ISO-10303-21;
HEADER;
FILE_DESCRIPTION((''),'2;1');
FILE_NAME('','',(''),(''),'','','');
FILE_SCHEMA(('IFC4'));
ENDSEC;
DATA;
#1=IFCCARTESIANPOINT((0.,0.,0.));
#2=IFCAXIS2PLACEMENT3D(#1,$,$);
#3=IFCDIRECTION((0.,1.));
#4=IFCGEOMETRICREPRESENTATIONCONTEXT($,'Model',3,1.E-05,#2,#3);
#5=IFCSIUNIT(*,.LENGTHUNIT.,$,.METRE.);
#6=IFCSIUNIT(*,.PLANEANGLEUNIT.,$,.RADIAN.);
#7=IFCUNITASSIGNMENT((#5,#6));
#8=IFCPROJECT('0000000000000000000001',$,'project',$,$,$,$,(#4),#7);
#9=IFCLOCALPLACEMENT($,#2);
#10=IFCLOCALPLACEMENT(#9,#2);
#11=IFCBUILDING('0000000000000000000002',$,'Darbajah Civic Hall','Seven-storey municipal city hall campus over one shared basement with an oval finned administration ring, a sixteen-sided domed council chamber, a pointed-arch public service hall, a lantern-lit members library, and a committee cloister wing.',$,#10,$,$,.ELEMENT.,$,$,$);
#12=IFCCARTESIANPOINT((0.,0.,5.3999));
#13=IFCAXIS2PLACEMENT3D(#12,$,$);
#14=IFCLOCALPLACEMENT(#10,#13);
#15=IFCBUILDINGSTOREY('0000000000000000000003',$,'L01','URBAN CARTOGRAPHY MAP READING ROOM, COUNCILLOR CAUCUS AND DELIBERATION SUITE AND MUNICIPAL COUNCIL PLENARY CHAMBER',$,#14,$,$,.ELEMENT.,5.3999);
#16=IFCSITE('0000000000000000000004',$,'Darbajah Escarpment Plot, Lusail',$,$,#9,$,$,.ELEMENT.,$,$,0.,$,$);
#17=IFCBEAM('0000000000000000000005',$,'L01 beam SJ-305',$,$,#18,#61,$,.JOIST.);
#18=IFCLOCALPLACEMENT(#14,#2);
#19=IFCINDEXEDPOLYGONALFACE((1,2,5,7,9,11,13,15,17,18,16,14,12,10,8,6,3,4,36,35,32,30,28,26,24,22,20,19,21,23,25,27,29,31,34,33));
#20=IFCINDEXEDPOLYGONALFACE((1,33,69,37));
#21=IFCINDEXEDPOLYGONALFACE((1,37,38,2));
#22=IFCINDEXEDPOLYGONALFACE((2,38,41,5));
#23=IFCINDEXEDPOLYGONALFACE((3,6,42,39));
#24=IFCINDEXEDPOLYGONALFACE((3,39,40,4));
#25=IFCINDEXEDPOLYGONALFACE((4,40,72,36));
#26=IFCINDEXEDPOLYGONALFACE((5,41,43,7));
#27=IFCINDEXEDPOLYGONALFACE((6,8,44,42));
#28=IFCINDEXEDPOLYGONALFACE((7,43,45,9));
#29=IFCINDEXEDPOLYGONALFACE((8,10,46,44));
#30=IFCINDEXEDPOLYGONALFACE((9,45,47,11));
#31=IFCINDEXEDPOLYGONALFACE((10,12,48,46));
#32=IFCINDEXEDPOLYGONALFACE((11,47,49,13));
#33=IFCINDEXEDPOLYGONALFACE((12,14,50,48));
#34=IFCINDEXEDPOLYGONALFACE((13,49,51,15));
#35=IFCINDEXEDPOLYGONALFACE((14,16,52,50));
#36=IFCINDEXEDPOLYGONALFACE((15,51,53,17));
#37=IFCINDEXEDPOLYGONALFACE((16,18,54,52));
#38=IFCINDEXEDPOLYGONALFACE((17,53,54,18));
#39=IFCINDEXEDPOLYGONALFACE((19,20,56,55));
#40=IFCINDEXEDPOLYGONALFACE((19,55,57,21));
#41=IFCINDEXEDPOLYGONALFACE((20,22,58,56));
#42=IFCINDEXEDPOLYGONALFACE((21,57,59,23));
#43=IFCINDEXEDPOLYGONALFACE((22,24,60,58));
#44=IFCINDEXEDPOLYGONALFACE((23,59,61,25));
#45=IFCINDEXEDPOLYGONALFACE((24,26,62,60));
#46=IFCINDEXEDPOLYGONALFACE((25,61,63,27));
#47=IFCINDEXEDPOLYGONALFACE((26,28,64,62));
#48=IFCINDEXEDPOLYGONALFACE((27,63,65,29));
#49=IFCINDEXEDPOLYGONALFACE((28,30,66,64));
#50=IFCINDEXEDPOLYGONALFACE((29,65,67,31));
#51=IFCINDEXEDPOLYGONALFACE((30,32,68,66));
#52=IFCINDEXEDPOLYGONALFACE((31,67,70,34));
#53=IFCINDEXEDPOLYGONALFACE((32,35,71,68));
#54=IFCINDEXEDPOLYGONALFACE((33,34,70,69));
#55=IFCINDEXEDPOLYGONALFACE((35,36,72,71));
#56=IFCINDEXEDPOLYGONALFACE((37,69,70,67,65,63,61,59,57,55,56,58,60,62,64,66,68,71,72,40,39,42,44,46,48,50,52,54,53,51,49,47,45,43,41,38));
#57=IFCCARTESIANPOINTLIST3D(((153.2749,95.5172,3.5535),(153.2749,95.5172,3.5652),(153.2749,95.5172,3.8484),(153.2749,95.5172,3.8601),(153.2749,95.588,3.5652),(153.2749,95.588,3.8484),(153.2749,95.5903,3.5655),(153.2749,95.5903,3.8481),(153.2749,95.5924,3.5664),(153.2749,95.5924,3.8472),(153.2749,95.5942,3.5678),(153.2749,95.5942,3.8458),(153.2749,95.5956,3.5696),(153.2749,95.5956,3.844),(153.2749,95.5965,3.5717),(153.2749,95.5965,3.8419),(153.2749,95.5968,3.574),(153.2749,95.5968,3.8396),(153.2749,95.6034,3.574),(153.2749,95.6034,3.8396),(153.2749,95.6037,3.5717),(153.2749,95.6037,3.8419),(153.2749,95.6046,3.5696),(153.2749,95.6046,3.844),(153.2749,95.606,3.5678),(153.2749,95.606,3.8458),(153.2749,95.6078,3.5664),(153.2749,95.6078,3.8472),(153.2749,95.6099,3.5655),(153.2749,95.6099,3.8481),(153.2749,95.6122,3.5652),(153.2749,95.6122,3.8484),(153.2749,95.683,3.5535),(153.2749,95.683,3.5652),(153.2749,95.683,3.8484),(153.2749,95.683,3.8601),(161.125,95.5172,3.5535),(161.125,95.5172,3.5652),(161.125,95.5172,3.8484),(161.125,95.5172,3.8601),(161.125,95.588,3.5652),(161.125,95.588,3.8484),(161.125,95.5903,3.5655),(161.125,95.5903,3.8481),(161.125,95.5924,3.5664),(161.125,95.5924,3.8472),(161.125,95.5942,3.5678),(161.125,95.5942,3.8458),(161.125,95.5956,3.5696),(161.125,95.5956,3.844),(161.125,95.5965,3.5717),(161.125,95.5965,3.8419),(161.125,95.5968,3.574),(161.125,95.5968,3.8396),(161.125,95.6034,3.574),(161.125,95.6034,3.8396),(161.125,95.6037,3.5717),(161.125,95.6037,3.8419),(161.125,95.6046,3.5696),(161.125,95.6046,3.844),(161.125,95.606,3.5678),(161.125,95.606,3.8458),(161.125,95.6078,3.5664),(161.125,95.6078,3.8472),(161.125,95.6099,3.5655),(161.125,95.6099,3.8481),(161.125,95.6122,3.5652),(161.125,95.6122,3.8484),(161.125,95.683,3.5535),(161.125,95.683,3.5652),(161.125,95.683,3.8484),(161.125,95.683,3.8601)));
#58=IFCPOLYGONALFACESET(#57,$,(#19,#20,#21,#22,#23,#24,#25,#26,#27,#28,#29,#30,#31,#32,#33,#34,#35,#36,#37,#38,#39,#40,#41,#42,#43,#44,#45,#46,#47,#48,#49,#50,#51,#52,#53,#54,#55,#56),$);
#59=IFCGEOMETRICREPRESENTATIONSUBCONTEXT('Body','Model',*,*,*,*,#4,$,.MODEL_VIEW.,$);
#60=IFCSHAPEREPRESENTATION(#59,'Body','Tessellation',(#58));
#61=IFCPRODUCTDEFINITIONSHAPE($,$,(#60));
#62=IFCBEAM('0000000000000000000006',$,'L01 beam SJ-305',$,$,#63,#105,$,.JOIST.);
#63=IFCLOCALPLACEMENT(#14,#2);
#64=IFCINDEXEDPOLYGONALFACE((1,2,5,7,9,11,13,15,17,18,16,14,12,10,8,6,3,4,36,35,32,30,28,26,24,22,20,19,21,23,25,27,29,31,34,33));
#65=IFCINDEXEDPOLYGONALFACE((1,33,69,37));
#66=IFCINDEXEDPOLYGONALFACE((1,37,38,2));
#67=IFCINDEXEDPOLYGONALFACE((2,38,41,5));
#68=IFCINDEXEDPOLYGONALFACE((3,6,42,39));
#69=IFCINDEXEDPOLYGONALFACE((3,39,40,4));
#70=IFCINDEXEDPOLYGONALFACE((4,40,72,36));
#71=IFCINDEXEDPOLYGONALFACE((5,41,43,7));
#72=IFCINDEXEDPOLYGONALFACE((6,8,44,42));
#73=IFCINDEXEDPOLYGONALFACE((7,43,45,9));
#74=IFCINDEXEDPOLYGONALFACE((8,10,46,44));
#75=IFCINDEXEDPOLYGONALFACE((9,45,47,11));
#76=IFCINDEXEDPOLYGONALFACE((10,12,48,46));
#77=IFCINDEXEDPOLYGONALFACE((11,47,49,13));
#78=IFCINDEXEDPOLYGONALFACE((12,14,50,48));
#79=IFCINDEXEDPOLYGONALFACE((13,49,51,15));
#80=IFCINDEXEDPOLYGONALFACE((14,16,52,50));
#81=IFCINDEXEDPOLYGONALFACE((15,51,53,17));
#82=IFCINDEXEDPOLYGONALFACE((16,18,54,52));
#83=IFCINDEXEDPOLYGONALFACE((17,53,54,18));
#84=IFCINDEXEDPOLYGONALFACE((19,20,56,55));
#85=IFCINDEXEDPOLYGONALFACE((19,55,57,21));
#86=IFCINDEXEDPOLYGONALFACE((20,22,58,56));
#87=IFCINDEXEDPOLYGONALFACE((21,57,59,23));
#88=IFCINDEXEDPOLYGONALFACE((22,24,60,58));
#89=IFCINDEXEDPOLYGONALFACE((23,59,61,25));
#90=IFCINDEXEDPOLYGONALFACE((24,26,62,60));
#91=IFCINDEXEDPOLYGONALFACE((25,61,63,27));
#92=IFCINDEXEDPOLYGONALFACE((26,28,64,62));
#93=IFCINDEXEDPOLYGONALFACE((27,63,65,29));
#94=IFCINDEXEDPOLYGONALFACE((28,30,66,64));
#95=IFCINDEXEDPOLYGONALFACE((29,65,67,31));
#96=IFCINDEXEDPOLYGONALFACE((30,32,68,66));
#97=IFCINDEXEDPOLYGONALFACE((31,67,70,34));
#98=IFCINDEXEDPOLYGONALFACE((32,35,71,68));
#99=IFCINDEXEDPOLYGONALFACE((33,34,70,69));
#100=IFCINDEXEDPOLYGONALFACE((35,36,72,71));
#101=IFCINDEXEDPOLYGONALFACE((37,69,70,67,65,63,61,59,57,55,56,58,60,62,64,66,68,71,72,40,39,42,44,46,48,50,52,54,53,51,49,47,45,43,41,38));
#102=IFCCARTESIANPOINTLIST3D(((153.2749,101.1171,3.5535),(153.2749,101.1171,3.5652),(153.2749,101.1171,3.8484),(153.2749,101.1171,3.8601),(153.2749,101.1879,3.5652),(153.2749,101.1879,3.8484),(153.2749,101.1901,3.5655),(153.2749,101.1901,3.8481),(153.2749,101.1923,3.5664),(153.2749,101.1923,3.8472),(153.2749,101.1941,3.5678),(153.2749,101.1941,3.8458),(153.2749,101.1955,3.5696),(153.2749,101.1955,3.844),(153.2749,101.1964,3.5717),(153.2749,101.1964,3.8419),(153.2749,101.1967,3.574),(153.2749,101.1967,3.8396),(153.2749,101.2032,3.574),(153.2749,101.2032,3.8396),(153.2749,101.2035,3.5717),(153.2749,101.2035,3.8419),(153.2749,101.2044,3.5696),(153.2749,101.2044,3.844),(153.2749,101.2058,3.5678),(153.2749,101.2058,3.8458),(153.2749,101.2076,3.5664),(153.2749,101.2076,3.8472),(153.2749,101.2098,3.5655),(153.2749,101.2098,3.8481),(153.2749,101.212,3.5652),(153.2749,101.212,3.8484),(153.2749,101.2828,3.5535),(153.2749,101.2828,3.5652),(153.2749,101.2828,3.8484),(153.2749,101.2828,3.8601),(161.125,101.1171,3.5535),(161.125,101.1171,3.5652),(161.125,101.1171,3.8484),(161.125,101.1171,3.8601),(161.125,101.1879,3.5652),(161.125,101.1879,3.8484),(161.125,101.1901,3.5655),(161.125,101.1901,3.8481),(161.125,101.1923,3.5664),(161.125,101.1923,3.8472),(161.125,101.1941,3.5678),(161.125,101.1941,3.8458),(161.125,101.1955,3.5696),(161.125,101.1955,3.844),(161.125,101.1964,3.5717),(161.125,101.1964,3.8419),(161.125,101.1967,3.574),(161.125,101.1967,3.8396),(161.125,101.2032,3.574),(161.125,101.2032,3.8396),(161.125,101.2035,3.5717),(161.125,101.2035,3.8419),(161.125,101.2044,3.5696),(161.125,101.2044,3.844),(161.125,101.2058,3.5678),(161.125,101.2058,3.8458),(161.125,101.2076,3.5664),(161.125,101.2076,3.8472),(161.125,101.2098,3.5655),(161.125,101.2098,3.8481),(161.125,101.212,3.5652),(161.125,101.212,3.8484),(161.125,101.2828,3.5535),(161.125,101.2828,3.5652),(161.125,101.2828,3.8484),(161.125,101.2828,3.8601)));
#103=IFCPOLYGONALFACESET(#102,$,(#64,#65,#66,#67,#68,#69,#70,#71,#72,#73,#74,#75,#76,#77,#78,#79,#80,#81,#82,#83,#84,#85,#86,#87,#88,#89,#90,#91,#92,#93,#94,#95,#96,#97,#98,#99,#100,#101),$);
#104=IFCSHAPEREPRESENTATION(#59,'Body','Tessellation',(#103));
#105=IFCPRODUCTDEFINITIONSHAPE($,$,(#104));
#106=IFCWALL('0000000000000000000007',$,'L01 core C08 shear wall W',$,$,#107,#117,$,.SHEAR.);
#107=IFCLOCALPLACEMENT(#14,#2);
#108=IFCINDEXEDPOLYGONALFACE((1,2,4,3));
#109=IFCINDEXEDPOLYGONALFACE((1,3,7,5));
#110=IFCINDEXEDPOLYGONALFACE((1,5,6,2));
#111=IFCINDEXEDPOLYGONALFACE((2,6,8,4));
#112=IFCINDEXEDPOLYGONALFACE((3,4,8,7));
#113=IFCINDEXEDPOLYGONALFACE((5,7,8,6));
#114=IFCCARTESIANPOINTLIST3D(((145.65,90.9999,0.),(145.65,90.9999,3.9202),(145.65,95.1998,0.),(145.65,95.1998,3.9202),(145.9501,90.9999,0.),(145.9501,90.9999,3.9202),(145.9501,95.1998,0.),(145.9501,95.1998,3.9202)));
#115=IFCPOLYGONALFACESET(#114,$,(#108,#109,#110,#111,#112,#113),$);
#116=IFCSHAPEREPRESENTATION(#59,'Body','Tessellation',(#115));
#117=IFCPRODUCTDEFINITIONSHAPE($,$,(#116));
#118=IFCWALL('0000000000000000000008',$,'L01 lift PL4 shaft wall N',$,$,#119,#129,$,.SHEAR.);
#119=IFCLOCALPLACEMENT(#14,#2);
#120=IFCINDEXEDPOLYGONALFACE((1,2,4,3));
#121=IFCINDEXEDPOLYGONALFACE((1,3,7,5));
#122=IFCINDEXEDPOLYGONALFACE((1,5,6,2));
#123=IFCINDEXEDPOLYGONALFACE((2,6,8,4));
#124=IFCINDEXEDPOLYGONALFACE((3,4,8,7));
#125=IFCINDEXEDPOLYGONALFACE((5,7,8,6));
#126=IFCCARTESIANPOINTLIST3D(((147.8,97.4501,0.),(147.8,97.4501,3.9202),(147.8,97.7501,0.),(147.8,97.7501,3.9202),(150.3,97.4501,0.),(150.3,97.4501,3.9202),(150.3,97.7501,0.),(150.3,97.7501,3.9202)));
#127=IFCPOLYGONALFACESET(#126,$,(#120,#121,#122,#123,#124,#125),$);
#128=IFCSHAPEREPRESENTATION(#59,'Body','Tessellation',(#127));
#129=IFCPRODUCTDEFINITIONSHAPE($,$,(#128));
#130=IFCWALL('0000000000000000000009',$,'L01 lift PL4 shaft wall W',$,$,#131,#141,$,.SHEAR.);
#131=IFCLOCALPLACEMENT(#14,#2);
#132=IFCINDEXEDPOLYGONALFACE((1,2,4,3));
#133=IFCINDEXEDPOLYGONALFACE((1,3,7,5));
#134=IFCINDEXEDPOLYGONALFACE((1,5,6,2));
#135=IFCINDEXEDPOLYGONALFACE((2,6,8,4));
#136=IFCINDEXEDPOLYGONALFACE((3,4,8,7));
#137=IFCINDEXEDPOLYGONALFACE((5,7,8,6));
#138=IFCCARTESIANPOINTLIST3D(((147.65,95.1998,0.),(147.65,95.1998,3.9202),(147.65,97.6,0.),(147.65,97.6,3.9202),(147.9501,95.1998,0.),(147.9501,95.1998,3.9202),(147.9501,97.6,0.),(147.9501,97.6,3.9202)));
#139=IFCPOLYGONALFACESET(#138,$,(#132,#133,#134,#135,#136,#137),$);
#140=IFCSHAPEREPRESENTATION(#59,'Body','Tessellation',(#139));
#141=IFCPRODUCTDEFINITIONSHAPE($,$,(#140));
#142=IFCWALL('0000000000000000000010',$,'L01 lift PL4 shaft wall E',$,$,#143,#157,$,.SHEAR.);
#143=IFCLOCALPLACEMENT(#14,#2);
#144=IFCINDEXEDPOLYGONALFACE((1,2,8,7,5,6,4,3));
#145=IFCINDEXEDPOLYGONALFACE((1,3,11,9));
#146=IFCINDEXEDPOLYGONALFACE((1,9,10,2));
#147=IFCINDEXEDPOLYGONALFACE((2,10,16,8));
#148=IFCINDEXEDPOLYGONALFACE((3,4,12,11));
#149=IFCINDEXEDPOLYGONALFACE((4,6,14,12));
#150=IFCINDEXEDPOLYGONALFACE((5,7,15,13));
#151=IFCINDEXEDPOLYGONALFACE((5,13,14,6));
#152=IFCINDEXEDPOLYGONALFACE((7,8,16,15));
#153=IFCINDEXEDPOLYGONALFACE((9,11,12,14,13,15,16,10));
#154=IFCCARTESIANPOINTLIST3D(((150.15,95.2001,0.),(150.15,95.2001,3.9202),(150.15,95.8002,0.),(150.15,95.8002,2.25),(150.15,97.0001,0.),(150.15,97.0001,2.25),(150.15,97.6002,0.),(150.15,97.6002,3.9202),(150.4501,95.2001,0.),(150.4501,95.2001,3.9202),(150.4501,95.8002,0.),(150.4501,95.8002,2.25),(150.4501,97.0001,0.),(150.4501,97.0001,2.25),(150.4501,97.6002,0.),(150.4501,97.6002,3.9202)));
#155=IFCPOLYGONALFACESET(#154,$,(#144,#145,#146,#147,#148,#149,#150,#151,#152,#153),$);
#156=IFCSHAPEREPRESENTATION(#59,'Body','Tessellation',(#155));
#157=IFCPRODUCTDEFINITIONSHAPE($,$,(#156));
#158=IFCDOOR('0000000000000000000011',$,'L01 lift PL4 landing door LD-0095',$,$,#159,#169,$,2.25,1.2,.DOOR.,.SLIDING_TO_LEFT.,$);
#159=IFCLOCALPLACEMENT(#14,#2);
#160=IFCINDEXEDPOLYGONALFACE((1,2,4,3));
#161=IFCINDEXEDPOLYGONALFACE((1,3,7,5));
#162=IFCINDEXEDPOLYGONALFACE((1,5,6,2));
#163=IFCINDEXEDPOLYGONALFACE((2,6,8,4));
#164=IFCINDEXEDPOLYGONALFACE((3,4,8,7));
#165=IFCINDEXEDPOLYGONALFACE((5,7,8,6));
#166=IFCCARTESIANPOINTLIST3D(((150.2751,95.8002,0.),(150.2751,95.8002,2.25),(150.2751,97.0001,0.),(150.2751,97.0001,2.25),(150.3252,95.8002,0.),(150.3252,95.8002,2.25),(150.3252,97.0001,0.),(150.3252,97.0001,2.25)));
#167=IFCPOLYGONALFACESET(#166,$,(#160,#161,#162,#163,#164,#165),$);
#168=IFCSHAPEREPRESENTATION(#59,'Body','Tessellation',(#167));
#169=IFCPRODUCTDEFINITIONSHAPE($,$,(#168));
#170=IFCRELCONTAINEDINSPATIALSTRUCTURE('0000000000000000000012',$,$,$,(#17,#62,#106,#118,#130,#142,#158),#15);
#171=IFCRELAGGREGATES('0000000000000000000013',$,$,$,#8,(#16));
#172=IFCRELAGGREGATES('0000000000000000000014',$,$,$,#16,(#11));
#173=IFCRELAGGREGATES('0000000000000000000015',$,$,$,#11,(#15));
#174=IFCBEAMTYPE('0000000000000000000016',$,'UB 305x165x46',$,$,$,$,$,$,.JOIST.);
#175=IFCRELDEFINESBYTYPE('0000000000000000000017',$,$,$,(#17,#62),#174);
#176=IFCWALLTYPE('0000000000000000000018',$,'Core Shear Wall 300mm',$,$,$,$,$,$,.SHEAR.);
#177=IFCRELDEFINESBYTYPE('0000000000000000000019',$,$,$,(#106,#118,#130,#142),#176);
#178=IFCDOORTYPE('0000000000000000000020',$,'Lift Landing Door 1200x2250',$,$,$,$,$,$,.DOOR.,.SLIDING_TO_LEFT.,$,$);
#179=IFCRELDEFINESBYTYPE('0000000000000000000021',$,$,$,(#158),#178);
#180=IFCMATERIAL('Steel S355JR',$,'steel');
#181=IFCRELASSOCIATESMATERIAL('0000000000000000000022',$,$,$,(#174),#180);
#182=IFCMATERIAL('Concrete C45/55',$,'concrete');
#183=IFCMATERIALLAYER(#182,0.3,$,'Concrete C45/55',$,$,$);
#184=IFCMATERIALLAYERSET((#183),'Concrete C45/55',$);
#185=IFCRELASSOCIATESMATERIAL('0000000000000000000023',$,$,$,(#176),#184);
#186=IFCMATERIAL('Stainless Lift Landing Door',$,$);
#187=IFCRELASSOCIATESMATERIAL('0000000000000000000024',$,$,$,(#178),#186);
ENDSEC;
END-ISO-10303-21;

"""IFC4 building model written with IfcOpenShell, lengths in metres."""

from ifc_helpers import new_model, si_unit, direction, frame, frame_2d, origin, origin_2d, place, context, subcontext, project, spatial, rectangle, i_section, extrude, material, layer, layer_set, material_profile, profile_set, type_object, element, fill, save


model = new_model("IFC4")

# Units and contexts
model_context = context("Model", 3, precision=1e-05, world=origin(), true_north=direction((0.0, 1.0)))
body_context = subcontext(model_context, "Body", "Model", "MODEL_VIEW")
ifc_project = project(units=[si_unit("LENGTHUNIT", "METRE"), si_unit("PLANEANGLEUNIT", "RADIAN")], contexts=[model_context])

# Site, building, storey
site_placement = place(None, origin())
site = spatial("IfcSite", under=ifc_project, at=site_placement, Name="Darbajah Escarpment Plot, Lusail", CompositionType="ELEMENT", RefElevation=0.0)
building_placement = place(site_placement, origin())
building = spatial("IfcBuilding", under=site, at=building_placement, Name="Darbajah Civic Hall", Description="Seven-storey municipal city hall campus over one shared basement with an oval finned administration ring, a sixteen-sided domed council chamber, a pointed-arch public service hall, a lantern-lit members library, and a committee cloister wing.", CompositionType="ELEMENT")
storey_placement = place(building_placement, frame((0.0, 0.0, 5.3999)))
storey = spatial("IfcBuildingStorey", under=building, at=storey_placement, Name="L01", Description="URBAN CARTOGRAPHY MAP READING ROOM, COUNCILLOR CAUCUS AND DELIBERATION SUITE AND MUNICIPAL COUNCIL PLENARY CHAMBER", CompositionType="ELEMENT", Elevation=5.3999)

# Beams
ifc_material_1 = material(Name="Concrete C45/55", Category="concrete")
ifc_material_2 = material(Name="Steel S355JR", Category="steel")
ifc_material_profile_1 = material_profile(ifc_material_2, i_section(OverallWidth=0.1658, OverallDepth=0.3066, WebThickness=0.0066, FlangeThickness=0.0117, FilletRadius=0.0088, at=origin_2d()), Name="UB 305x165x46")
ifc_profile_set_1 = profile_set([ifc_material_profile_1], Name="Steel S355JR")
beam_type_1 = type_object("IfcBeamType", Name="UB 305x165x46", PredefinedType="JOIST", material=ifc_profile_set_1)
for number, where, z_axis, x_axis, name in (
    (1, (153.2749, 95.6001, 3.7068), (1.0, 0.0, 0.0), (0.0, 1.0, 0.0), "L01 beam SJ-305"),
    (2, (153.2749, 101.2, 3.7068), (1.0, 0.0, 0.0), (0.0, 1.0, 0.0), "L01 beam SJ-305"),
):
    element("IfcBeam", number, at=place(storey_placement, frame(where, z_axis=z_axis, x_axis=x_axis)), inside=storey, type_object=beam_type_1, Name=name, PredefinedType="JOIST", context=body_context, shape_type="SweptSolid", body=[
        extrude(i_section(OverallWidth=0.1658, OverallDepth=0.3066, WebThickness=0.0066, FlangeThickness=0.0117, FilletRadius=0.0088, at=origin_2d()), origin(), (0.0, 0.0, 1.0), 7.8501),
    ])

# Walls
ifc_layer_1 = layer(ifc_material_1, 0.3, Name="Concrete C45/55")
ifc_layer_set_1 = layer_set([ifc_layer_1], Name="Concrete C45/55")
wall_type_1 = type_object("IfcWallType", Name="Core Shear Wall 300mm", PredefinedType="SHEAR", material=ifc_layer_set_1)
wall_1_placement = place(storey_placement, frame((145.8, 95.2, 0.0), z_axis=(0.0, 0.0, 1.0), x_axis=(0.0, -1.0, 0.0)))
element("IfcWall", 3, at=wall_1_placement, inside=storey, type_object=wall_type_1, Name="L01 core C08 shear wall W", PredefinedType="SHEAR", context=body_context, shape_type="SweptSolid", body=[
    extrude(rectangle(XDim=4.2, YDim=0.3, at=frame_2d((2.1001, 0.0))), origin(), (0.0, 0.0, 1.0), 3.9202),
])
wall_2_placement = place(storey_placement, frame((150.3, 97.6001, 0.0), z_axis=(0.0, 0.0, 1.0), x_axis=(-1.0, 0.0, 0.0)))
element("IfcWall", 4, at=wall_2_placement, inside=storey, type_object=wall_type_1, Name="L01 lift PL4 shaft wall N", PredefinedType="SHEAR", context=body_context, shape_type="SweptSolid", body=[
    extrude(rectangle(XDim=2.5, YDim=0.3, at=frame_2d((1.25, 0.0))), origin(), (0.0, 0.0, 1.0), 3.9202),
])
wall_3_placement = place(storey_placement, frame((147.8, 97.6001, 0.0), z_axis=(0.0, 0.0, 1.0), x_axis=(0.0, -1.0, 0.0)))
element("IfcWall", 5, at=wall_3_placement, inside=storey, type_object=wall_type_1, Name="L01 lift PL4 shaft wall W", PredefinedType="SHEAR", context=body_context, shape_type="SweptSolid", body=[
    extrude(rectangle(XDim=2.4001, YDim=0.3, at=frame_2d((1.2002, 0.0))), origin(), (0.0, 0.0, 1.0), 3.9202),
])

# Wall, opening, door
wall_4_placement = place(storey_placement, frame((150.3, 95.2, 0.0), z_axis=(0.0, 0.0, 1.0), x_axis=(0.0, 1.0, 0.0)))
wall_4 = element("IfcWall", 6, at=wall_4_placement, inside=storey, type_object=wall_type_1, Name="L01 lift PL4 shaft wall E", PredefinedType="SHEAR", context=body_context, shape_type="SweptSolid", body=[
    extrude(rectangle(XDim=2.4001, YDim=0.3, at=frame_2d((1.2002, 0.0))), origin(), (0.0, 0.0, 1.0), 3.9202),
])
opening_1_placement = place(wall_4_placement, frame((0.6001, 0.0, 0.0)))
opening_1 = element("IfcOpeningElement", 7, at=opening_1_placement, cuts=wall_4, PredefinedType="OPENING", context=body_context, shape_type="SweptSolid", body=[
    extrude(rectangle(XDim=1.2, YDim=2.25, at=frame_2d((0.6001, 1.125))), frame((0.0, 0.1599, 0.0), z_axis=(0.0, -1.0, 0.0), x_axis=(1.0, 0.0, 0.0)), (0.0, 0.0, 1.0), 0.3201),
])
ifc_material_3 = material(Name="Stainless Lift Landing Door")
door_type = type_object("IfcDoorType", Name="Lift Landing Door 1200x2250", OperationType="SLIDING_TO_LEFT", PredefinedType="DOOR", material=ifc_material_3)
door_placement = place(opening_1_placement, origin())
door = element("IfcDoor", 8, at=door_placement, inside=storey, type_object=door_type, Name="L01 lift PL4 landing door LD-0095", OperationType="SLIDING_TO_LEFT", OverallHeight=2.25, OverallWidth=1.2, PredefinedType="DOOR", context=body_context, shape_type="SweptSolid", body=[
    extrude(rectangle(XDim=1.2, YDim=2.25, at=frame_2d((0.6001, 1.125))), frame((0.0, 0.0249, 0.0), z_axis=(0.0, -1.0, 0.0), x_axis=(1.0, 0.0, 0.0)), (0.0, 0.0, 1.0), 0.05),
])
fill(opening_1, door)

save(model, "model.ifc")
